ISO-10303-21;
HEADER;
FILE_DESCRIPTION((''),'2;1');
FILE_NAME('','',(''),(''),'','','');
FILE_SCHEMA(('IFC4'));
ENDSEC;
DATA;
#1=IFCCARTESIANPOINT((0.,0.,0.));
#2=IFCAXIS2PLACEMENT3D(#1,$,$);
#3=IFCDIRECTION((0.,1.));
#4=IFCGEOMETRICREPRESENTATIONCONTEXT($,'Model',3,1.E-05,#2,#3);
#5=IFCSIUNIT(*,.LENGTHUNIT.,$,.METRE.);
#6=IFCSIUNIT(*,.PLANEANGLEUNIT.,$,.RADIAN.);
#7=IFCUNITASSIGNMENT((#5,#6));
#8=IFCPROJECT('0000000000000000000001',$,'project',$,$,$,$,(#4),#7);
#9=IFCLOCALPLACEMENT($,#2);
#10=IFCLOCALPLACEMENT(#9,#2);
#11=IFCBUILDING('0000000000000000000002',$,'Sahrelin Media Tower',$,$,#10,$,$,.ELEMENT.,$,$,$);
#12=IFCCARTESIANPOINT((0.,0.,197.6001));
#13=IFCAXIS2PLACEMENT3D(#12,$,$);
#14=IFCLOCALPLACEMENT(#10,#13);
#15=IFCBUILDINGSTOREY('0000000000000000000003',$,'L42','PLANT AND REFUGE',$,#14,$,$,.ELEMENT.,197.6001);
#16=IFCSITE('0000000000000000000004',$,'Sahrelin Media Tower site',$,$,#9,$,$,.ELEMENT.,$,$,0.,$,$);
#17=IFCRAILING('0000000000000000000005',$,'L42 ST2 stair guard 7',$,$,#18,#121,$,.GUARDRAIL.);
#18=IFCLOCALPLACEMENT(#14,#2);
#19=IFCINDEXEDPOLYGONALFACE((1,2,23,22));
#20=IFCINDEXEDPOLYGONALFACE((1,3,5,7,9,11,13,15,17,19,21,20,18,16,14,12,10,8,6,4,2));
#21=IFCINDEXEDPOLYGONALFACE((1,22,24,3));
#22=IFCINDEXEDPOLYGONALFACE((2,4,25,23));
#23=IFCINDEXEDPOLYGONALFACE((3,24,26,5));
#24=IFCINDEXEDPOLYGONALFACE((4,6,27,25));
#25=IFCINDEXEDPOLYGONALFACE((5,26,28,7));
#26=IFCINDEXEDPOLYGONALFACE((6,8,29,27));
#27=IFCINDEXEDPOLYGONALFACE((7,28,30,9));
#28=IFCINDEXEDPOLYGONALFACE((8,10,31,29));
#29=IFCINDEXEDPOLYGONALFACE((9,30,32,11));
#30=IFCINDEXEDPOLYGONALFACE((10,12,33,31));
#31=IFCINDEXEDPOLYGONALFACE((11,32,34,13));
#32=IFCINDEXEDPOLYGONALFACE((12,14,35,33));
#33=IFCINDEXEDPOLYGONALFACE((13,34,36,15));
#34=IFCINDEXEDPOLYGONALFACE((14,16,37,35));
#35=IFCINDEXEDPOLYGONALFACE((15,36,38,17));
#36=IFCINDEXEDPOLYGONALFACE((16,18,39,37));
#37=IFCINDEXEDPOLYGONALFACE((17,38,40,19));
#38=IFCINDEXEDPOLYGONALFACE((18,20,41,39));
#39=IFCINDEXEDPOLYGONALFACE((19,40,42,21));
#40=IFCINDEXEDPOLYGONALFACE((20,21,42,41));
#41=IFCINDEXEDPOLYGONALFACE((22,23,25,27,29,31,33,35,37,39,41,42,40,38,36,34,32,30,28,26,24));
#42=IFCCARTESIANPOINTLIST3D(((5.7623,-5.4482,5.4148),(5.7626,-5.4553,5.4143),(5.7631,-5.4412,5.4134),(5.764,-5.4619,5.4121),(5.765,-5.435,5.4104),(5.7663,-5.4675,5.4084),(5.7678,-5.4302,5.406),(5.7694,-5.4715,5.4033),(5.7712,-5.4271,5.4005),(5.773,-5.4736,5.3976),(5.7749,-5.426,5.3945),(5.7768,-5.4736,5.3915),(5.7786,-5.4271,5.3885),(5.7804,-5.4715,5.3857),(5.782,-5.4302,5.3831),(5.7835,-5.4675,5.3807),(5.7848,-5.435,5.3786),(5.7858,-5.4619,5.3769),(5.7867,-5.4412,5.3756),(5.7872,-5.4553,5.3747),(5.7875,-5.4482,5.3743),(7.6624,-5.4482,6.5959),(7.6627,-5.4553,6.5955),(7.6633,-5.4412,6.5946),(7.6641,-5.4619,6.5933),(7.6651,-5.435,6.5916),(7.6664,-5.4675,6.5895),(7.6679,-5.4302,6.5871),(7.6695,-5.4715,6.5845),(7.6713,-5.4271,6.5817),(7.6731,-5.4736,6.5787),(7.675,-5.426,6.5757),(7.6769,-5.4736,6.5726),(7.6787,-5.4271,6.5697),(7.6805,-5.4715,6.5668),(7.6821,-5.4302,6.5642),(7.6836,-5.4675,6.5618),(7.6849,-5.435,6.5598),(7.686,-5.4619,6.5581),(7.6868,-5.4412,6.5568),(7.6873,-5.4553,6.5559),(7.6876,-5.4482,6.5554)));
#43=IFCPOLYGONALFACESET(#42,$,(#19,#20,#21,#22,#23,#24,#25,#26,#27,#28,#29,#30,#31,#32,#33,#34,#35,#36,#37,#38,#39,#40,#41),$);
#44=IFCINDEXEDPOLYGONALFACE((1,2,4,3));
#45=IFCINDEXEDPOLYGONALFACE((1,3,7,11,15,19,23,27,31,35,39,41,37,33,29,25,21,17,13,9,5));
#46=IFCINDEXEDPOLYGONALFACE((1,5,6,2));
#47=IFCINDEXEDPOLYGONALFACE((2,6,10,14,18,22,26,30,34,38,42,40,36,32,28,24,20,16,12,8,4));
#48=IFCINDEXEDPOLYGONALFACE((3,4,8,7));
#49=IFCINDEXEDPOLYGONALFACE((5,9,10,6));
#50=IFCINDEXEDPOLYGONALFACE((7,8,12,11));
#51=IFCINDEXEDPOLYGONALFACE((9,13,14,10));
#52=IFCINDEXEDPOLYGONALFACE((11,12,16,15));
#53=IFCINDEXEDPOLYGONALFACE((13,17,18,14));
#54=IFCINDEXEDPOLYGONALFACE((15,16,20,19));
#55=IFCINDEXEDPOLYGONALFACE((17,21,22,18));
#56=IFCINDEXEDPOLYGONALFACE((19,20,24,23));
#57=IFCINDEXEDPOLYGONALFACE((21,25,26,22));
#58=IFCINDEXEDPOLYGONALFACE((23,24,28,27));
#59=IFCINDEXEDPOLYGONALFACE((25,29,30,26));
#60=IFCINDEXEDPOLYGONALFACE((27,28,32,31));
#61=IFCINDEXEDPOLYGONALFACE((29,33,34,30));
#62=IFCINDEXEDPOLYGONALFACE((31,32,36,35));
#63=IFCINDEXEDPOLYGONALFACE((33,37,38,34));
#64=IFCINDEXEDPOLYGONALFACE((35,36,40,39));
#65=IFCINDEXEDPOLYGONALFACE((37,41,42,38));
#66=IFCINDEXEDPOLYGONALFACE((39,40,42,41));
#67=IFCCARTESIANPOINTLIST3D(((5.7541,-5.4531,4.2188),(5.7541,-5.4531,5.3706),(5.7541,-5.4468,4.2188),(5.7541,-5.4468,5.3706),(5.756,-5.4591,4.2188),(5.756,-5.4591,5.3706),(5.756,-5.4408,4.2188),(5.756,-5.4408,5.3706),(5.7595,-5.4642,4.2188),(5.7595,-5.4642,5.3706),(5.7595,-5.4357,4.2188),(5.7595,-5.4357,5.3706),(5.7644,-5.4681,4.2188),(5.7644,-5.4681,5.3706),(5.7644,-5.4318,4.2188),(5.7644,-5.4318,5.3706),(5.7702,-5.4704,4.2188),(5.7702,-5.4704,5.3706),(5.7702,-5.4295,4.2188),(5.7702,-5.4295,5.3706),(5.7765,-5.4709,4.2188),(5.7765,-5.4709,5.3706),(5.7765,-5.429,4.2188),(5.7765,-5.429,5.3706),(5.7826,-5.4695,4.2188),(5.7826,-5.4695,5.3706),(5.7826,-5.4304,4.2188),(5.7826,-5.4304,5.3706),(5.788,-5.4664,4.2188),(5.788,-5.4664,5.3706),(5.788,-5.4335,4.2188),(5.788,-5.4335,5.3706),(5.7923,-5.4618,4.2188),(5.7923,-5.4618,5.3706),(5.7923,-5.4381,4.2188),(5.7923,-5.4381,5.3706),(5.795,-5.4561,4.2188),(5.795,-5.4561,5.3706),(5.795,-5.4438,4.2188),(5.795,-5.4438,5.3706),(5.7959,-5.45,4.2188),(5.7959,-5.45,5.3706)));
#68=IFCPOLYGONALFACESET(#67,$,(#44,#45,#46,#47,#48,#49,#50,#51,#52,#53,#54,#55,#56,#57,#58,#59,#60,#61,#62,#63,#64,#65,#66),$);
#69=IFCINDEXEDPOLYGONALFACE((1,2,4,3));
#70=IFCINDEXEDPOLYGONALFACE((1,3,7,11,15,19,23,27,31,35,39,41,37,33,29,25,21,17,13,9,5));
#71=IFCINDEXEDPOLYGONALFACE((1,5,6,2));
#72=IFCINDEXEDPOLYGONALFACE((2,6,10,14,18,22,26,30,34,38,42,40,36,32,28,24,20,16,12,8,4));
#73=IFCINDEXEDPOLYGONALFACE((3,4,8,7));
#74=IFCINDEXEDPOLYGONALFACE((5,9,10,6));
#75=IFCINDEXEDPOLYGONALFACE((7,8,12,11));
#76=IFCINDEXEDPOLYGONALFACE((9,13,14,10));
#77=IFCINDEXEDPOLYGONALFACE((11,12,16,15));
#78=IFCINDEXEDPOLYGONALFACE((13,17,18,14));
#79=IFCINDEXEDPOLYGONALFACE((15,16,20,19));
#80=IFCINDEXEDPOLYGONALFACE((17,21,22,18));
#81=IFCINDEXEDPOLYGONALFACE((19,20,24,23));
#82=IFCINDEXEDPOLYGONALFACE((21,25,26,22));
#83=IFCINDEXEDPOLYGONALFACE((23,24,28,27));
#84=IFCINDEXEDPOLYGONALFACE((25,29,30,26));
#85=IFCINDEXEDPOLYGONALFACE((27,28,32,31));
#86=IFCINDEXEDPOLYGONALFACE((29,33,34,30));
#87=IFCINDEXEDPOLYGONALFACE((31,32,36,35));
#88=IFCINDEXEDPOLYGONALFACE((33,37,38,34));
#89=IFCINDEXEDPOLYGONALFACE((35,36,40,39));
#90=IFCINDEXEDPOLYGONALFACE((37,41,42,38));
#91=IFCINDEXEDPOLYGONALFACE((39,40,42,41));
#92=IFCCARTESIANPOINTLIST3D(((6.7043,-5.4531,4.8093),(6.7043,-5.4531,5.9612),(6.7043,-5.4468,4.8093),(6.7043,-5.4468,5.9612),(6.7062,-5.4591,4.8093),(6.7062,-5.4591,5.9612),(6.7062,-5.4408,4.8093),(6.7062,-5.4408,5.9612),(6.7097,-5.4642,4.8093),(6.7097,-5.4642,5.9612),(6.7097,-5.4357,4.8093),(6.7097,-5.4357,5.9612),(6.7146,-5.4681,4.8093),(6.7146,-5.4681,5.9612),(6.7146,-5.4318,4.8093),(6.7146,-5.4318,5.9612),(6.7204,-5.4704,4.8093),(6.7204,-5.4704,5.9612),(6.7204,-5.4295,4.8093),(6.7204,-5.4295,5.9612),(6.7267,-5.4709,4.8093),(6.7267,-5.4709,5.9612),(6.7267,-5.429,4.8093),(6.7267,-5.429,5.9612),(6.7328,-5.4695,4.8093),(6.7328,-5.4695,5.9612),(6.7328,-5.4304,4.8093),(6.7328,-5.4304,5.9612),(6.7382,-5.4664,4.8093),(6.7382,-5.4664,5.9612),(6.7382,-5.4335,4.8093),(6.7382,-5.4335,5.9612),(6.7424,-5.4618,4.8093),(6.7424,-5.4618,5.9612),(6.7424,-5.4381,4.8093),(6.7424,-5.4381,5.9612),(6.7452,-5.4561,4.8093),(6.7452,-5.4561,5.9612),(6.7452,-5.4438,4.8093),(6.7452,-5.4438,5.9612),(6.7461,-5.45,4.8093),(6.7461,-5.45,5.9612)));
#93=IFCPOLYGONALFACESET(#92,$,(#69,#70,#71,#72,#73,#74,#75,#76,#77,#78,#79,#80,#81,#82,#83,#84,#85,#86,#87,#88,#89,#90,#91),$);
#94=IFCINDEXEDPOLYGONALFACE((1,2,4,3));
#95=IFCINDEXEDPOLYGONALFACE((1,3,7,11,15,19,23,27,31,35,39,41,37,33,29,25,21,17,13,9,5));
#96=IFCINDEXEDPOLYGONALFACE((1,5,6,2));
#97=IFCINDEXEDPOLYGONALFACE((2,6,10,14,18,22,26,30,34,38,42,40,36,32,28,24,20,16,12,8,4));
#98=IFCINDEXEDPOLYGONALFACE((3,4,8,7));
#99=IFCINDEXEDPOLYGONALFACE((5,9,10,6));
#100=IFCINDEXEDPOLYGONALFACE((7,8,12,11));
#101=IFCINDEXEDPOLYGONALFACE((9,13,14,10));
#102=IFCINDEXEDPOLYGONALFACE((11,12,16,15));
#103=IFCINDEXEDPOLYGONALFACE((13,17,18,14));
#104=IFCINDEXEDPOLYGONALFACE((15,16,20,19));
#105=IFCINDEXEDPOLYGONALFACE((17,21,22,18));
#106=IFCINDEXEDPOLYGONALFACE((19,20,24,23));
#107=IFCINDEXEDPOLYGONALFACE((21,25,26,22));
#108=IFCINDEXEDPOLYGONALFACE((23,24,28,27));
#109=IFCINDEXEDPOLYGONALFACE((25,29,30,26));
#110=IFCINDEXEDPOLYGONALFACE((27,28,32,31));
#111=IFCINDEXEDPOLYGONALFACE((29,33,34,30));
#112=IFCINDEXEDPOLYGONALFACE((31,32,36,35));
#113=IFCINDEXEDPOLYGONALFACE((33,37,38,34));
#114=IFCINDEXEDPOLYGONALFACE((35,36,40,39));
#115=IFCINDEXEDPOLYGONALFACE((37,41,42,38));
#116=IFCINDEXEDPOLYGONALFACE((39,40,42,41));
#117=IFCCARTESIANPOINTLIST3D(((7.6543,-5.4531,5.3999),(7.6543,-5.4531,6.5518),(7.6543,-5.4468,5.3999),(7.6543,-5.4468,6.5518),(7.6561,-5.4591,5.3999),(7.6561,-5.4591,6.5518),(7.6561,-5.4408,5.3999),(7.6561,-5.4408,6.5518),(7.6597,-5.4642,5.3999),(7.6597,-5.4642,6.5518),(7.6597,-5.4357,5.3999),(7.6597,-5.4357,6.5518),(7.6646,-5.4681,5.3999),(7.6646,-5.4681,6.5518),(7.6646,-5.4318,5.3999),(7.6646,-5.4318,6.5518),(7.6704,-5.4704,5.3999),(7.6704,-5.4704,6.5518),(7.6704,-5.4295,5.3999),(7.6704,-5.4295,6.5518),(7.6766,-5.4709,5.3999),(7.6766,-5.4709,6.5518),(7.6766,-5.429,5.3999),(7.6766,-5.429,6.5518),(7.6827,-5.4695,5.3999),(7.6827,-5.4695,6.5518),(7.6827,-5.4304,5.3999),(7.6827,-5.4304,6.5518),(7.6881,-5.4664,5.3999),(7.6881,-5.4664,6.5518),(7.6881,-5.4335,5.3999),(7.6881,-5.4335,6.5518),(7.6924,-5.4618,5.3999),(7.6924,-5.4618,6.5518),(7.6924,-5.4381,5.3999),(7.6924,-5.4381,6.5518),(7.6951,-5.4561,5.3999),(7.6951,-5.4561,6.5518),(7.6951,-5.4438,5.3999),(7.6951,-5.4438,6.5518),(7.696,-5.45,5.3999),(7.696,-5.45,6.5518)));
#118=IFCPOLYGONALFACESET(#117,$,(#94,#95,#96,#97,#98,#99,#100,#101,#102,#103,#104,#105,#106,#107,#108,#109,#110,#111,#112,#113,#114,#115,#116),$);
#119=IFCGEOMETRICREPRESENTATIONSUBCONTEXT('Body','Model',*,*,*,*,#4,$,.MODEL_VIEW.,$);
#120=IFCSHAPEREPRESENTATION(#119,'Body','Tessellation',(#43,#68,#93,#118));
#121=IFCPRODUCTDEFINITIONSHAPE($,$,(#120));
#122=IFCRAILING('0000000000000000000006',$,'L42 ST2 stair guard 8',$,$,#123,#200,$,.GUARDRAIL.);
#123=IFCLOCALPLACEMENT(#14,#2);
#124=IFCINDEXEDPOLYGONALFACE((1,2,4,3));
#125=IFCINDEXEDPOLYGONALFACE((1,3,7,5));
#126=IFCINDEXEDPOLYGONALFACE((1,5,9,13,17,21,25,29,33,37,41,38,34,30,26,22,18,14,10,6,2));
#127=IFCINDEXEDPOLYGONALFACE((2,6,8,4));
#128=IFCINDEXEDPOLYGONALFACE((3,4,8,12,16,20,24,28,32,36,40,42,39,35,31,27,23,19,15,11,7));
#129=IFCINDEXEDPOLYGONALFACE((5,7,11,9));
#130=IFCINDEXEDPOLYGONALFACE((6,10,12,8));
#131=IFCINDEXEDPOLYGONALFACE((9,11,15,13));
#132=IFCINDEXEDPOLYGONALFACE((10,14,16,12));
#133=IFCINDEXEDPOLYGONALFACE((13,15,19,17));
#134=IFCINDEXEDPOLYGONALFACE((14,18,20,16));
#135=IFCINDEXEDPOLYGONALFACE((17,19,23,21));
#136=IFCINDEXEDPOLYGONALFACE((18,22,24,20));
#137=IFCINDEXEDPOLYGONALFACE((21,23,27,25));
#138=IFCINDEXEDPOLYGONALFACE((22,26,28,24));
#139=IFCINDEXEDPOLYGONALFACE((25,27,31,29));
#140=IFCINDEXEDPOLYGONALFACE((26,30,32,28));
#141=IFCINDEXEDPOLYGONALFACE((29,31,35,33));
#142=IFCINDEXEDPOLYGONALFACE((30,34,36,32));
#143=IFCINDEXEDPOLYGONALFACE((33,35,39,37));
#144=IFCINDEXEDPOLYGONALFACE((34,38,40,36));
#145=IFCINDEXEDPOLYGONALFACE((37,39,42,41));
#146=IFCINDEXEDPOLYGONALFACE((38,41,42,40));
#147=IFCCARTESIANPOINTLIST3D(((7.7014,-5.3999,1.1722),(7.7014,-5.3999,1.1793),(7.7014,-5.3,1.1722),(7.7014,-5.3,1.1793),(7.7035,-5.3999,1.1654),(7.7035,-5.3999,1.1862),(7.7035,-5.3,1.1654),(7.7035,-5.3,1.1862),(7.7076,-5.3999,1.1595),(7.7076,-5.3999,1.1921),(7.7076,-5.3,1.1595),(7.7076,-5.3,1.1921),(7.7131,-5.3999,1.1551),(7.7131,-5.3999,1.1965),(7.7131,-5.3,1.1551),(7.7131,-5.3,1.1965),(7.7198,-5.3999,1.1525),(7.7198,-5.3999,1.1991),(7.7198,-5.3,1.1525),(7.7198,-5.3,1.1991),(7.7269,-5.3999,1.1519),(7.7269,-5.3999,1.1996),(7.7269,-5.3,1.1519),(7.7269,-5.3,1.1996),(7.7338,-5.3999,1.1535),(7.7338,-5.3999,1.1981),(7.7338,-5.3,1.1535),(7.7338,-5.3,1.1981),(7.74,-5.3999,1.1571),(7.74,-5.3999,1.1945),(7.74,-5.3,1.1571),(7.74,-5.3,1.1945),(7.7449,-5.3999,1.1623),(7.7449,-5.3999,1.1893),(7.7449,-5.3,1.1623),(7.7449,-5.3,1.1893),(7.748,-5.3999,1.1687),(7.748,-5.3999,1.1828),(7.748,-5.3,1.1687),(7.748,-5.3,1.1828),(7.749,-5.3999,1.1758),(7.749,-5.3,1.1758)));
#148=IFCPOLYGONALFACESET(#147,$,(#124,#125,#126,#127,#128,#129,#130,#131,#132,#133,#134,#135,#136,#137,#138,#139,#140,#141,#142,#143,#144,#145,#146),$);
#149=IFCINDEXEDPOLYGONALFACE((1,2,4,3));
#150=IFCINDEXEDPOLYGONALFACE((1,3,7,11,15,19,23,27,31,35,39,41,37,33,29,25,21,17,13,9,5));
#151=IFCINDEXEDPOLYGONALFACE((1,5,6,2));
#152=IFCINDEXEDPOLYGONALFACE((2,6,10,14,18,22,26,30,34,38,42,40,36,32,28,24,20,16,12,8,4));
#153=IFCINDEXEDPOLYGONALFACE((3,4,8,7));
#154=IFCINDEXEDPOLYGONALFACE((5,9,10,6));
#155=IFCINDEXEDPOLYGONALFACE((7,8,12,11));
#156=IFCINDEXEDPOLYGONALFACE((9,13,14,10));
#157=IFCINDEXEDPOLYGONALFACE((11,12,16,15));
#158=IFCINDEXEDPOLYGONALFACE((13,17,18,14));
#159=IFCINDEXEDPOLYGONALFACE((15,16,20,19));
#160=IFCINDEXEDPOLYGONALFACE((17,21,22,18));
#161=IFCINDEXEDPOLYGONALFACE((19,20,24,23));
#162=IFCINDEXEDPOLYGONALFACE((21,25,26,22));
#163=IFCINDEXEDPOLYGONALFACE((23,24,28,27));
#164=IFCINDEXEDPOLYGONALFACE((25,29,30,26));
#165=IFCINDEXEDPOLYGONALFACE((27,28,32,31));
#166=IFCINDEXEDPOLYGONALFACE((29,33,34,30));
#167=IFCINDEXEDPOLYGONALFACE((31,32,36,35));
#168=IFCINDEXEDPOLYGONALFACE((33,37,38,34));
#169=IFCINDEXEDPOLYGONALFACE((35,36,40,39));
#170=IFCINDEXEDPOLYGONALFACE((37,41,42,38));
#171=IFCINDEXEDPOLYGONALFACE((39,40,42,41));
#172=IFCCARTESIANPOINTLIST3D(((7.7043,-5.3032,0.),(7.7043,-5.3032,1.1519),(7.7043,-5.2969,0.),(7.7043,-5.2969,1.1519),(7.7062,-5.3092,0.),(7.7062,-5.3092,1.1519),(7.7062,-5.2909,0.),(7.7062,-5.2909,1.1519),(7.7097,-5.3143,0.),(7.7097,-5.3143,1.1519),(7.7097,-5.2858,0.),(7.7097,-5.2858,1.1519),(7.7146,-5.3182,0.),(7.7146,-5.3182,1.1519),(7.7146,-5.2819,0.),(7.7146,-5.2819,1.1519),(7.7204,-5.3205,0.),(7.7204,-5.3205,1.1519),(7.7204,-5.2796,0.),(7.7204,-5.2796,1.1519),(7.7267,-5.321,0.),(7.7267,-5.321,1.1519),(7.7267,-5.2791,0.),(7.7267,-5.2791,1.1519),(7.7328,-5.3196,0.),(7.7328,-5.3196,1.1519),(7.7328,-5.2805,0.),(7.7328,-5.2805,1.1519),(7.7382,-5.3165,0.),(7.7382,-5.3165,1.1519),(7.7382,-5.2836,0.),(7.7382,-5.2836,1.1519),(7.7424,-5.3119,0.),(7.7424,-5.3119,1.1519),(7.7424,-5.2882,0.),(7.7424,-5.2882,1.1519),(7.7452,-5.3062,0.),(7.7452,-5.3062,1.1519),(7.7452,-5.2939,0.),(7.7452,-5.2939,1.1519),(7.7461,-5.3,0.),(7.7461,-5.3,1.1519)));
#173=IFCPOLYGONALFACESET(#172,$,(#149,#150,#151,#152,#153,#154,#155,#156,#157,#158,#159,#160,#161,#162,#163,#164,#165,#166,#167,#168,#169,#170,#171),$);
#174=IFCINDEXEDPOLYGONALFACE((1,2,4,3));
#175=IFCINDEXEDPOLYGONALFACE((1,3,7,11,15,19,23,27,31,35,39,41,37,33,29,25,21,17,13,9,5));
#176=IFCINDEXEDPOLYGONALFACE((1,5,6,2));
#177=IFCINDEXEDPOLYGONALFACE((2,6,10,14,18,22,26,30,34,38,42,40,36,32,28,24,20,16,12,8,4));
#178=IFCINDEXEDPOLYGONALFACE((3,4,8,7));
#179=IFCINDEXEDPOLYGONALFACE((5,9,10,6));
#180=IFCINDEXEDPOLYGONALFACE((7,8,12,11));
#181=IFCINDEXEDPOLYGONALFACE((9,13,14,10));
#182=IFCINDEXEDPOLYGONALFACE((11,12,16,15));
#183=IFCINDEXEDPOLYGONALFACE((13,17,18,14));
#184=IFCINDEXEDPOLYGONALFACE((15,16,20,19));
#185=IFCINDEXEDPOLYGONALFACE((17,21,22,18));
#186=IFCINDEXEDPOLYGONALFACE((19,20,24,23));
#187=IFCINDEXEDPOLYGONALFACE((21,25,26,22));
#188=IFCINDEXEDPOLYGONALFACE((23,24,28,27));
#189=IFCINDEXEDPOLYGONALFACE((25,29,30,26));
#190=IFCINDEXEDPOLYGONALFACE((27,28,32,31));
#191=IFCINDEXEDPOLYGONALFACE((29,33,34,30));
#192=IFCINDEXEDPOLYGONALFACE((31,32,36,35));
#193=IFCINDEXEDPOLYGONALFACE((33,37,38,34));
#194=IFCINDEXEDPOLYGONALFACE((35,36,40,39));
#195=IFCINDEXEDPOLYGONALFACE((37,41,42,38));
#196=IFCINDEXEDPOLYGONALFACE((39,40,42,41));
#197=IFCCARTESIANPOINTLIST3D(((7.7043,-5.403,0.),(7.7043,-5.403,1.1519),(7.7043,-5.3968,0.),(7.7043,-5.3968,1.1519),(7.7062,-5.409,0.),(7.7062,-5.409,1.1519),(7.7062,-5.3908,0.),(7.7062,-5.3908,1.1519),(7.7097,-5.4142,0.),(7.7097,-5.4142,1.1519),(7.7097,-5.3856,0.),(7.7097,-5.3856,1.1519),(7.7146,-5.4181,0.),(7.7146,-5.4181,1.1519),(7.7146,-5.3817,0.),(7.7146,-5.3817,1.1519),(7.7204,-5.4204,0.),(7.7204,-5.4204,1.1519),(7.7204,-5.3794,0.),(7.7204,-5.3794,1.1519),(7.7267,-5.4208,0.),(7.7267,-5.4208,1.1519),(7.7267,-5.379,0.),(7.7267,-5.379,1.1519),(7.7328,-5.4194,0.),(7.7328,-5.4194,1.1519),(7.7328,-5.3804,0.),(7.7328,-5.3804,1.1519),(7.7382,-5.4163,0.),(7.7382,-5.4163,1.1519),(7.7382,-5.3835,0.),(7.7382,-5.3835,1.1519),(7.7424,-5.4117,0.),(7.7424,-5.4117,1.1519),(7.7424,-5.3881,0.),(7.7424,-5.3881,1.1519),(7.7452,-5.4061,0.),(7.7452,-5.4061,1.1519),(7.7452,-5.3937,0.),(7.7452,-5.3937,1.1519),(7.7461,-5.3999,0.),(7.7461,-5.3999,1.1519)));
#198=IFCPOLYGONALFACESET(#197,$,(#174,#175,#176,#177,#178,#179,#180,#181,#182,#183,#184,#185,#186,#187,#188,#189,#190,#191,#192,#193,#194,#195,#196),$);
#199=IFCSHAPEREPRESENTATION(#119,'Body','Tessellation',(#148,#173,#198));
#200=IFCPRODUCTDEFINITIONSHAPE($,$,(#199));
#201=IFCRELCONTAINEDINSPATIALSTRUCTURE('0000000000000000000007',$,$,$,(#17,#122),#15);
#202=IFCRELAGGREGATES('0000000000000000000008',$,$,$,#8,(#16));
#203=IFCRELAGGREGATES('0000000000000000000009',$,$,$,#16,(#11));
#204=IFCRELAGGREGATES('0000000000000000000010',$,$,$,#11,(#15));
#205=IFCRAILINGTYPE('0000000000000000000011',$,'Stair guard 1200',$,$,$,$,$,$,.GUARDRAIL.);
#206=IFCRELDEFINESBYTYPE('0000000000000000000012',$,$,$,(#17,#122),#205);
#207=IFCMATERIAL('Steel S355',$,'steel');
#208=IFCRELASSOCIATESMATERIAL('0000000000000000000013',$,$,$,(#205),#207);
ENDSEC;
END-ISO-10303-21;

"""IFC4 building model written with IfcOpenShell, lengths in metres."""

from ifc_helpers import new_model, si_unit, direction, frame, origin, origin_2d, place, context, subcontext, project, spatial, circle, extrude, material, type_object, element, save


model = new_model("IFC4")

# Units and contexts
model_context = context("Model", 3, precision=1e-05, world=origin(), true_north=direction((0.0, 1.0)))
body_context = subcontext(model_context, "Body", "Model", "MODEL_VIEW")
ifc_project = project(units=[si_unit("LENGTHUNIT", "METRE"), si_unit("PLANEANGLEUNIT", "RADIAN")], contexts=[model_context])

# Site, building, storey
site_placement = place(None, origin())
site = spatial("IfcSite", under=ifc_project, at=site_placement, Name="Sahrelin Media Tower site", CompositionType="ELEMENT", RefElevation=0.0)
building_placement = place(site_placement, origin())
building = spatial("IfcBuilding", under=site, at=building_placement, Name="Sahrelin Media Tower", CompositionType="ELEMENT")
storey_placement = place(building_placement, frame((0.0, 0.0, 197.6001)))
storey = spatial("IfcBuildingStorey", under=building, at=storey_placement, Name="L42", Description="PLANT AND REFUGE", CompositionType="ELEMENT", Elevation=197.6001)

# Railings
ifc_material_1 = material(Name="Steel S355", Category="steel")
railing_type_1 = type_object("IfcRailingType", Name="Stair guard 1200", PredefinedType="GUARDRAIL", material=ifc_material_1)
railing_1_placement = place(storey_placement, frame((5.7749, -5.45, 4.2188)))
element("IfcRailing", 1, at=railing_1_placement, inside=storey, type_object=railing_type_1, Name="L42 ST2 stair guard 7", PredefinedType="GUARDRAIL", context=body_context, shape_type="SweptSolid", body=[
    extrude(circle(Radius=0.0239, at=origin_2d()), frame((0.0, 0.0, 1.1758), z_axis=(0.849289, 0.0, 0.527928), x_axis=(0.0, 1.0, 0.0)), (0.0, 0.0, 1.0), 2.2373),
    extrude(circle(Radius=0.021, at=origin_2d()), origin(), (0.0, 0.0, 1.0), 1.1519),
    extrude(circle(Radius=0.021, at=origin_2d()), frame((0.9502, 0.0, 0.5906)), (0.0, 0.0, 1.0), 1.1519),
    extrude(circle(Radius=0.021, at=origin_2d()), frame((1.9001, 0.0, 1.1812)), (0.0, 0.0, 1.0), 1.1519),
])
railing_2_placement = place(storey_placement, frame((7.7251, -5.3, 0.0)))
element("IfcRailing", 2, at=railing_2_placement, inside=storey, type_object=railing_type_1, Name="L42 ST2 stair guard 8", PredefinedType="GUARDRAIL", context=body_context, shape_type="SweptSolid", body=[
    extrude(circle(Radius=0.0239, at=origin_2d()), frame((0.0, 0.0, 1.1758), z_axis=(0.0, -1.0, 0.0), x_axis=(1.0, 0.0, 0.0)), (0.0, 0.0, 1.0), 0.0999),
    extrude(circle(Radius=0.021, at=origin_2d()), origin(), (0.0, 0.0, 1.0), 1.1519),
    extrude(circle(Radius=0.021, at=origin_2d()), frame((0.0, -0.0999, 0.0)), (0.0, 0.0, 1.0), 1.1519),
])

save(model, "model.ifc")
